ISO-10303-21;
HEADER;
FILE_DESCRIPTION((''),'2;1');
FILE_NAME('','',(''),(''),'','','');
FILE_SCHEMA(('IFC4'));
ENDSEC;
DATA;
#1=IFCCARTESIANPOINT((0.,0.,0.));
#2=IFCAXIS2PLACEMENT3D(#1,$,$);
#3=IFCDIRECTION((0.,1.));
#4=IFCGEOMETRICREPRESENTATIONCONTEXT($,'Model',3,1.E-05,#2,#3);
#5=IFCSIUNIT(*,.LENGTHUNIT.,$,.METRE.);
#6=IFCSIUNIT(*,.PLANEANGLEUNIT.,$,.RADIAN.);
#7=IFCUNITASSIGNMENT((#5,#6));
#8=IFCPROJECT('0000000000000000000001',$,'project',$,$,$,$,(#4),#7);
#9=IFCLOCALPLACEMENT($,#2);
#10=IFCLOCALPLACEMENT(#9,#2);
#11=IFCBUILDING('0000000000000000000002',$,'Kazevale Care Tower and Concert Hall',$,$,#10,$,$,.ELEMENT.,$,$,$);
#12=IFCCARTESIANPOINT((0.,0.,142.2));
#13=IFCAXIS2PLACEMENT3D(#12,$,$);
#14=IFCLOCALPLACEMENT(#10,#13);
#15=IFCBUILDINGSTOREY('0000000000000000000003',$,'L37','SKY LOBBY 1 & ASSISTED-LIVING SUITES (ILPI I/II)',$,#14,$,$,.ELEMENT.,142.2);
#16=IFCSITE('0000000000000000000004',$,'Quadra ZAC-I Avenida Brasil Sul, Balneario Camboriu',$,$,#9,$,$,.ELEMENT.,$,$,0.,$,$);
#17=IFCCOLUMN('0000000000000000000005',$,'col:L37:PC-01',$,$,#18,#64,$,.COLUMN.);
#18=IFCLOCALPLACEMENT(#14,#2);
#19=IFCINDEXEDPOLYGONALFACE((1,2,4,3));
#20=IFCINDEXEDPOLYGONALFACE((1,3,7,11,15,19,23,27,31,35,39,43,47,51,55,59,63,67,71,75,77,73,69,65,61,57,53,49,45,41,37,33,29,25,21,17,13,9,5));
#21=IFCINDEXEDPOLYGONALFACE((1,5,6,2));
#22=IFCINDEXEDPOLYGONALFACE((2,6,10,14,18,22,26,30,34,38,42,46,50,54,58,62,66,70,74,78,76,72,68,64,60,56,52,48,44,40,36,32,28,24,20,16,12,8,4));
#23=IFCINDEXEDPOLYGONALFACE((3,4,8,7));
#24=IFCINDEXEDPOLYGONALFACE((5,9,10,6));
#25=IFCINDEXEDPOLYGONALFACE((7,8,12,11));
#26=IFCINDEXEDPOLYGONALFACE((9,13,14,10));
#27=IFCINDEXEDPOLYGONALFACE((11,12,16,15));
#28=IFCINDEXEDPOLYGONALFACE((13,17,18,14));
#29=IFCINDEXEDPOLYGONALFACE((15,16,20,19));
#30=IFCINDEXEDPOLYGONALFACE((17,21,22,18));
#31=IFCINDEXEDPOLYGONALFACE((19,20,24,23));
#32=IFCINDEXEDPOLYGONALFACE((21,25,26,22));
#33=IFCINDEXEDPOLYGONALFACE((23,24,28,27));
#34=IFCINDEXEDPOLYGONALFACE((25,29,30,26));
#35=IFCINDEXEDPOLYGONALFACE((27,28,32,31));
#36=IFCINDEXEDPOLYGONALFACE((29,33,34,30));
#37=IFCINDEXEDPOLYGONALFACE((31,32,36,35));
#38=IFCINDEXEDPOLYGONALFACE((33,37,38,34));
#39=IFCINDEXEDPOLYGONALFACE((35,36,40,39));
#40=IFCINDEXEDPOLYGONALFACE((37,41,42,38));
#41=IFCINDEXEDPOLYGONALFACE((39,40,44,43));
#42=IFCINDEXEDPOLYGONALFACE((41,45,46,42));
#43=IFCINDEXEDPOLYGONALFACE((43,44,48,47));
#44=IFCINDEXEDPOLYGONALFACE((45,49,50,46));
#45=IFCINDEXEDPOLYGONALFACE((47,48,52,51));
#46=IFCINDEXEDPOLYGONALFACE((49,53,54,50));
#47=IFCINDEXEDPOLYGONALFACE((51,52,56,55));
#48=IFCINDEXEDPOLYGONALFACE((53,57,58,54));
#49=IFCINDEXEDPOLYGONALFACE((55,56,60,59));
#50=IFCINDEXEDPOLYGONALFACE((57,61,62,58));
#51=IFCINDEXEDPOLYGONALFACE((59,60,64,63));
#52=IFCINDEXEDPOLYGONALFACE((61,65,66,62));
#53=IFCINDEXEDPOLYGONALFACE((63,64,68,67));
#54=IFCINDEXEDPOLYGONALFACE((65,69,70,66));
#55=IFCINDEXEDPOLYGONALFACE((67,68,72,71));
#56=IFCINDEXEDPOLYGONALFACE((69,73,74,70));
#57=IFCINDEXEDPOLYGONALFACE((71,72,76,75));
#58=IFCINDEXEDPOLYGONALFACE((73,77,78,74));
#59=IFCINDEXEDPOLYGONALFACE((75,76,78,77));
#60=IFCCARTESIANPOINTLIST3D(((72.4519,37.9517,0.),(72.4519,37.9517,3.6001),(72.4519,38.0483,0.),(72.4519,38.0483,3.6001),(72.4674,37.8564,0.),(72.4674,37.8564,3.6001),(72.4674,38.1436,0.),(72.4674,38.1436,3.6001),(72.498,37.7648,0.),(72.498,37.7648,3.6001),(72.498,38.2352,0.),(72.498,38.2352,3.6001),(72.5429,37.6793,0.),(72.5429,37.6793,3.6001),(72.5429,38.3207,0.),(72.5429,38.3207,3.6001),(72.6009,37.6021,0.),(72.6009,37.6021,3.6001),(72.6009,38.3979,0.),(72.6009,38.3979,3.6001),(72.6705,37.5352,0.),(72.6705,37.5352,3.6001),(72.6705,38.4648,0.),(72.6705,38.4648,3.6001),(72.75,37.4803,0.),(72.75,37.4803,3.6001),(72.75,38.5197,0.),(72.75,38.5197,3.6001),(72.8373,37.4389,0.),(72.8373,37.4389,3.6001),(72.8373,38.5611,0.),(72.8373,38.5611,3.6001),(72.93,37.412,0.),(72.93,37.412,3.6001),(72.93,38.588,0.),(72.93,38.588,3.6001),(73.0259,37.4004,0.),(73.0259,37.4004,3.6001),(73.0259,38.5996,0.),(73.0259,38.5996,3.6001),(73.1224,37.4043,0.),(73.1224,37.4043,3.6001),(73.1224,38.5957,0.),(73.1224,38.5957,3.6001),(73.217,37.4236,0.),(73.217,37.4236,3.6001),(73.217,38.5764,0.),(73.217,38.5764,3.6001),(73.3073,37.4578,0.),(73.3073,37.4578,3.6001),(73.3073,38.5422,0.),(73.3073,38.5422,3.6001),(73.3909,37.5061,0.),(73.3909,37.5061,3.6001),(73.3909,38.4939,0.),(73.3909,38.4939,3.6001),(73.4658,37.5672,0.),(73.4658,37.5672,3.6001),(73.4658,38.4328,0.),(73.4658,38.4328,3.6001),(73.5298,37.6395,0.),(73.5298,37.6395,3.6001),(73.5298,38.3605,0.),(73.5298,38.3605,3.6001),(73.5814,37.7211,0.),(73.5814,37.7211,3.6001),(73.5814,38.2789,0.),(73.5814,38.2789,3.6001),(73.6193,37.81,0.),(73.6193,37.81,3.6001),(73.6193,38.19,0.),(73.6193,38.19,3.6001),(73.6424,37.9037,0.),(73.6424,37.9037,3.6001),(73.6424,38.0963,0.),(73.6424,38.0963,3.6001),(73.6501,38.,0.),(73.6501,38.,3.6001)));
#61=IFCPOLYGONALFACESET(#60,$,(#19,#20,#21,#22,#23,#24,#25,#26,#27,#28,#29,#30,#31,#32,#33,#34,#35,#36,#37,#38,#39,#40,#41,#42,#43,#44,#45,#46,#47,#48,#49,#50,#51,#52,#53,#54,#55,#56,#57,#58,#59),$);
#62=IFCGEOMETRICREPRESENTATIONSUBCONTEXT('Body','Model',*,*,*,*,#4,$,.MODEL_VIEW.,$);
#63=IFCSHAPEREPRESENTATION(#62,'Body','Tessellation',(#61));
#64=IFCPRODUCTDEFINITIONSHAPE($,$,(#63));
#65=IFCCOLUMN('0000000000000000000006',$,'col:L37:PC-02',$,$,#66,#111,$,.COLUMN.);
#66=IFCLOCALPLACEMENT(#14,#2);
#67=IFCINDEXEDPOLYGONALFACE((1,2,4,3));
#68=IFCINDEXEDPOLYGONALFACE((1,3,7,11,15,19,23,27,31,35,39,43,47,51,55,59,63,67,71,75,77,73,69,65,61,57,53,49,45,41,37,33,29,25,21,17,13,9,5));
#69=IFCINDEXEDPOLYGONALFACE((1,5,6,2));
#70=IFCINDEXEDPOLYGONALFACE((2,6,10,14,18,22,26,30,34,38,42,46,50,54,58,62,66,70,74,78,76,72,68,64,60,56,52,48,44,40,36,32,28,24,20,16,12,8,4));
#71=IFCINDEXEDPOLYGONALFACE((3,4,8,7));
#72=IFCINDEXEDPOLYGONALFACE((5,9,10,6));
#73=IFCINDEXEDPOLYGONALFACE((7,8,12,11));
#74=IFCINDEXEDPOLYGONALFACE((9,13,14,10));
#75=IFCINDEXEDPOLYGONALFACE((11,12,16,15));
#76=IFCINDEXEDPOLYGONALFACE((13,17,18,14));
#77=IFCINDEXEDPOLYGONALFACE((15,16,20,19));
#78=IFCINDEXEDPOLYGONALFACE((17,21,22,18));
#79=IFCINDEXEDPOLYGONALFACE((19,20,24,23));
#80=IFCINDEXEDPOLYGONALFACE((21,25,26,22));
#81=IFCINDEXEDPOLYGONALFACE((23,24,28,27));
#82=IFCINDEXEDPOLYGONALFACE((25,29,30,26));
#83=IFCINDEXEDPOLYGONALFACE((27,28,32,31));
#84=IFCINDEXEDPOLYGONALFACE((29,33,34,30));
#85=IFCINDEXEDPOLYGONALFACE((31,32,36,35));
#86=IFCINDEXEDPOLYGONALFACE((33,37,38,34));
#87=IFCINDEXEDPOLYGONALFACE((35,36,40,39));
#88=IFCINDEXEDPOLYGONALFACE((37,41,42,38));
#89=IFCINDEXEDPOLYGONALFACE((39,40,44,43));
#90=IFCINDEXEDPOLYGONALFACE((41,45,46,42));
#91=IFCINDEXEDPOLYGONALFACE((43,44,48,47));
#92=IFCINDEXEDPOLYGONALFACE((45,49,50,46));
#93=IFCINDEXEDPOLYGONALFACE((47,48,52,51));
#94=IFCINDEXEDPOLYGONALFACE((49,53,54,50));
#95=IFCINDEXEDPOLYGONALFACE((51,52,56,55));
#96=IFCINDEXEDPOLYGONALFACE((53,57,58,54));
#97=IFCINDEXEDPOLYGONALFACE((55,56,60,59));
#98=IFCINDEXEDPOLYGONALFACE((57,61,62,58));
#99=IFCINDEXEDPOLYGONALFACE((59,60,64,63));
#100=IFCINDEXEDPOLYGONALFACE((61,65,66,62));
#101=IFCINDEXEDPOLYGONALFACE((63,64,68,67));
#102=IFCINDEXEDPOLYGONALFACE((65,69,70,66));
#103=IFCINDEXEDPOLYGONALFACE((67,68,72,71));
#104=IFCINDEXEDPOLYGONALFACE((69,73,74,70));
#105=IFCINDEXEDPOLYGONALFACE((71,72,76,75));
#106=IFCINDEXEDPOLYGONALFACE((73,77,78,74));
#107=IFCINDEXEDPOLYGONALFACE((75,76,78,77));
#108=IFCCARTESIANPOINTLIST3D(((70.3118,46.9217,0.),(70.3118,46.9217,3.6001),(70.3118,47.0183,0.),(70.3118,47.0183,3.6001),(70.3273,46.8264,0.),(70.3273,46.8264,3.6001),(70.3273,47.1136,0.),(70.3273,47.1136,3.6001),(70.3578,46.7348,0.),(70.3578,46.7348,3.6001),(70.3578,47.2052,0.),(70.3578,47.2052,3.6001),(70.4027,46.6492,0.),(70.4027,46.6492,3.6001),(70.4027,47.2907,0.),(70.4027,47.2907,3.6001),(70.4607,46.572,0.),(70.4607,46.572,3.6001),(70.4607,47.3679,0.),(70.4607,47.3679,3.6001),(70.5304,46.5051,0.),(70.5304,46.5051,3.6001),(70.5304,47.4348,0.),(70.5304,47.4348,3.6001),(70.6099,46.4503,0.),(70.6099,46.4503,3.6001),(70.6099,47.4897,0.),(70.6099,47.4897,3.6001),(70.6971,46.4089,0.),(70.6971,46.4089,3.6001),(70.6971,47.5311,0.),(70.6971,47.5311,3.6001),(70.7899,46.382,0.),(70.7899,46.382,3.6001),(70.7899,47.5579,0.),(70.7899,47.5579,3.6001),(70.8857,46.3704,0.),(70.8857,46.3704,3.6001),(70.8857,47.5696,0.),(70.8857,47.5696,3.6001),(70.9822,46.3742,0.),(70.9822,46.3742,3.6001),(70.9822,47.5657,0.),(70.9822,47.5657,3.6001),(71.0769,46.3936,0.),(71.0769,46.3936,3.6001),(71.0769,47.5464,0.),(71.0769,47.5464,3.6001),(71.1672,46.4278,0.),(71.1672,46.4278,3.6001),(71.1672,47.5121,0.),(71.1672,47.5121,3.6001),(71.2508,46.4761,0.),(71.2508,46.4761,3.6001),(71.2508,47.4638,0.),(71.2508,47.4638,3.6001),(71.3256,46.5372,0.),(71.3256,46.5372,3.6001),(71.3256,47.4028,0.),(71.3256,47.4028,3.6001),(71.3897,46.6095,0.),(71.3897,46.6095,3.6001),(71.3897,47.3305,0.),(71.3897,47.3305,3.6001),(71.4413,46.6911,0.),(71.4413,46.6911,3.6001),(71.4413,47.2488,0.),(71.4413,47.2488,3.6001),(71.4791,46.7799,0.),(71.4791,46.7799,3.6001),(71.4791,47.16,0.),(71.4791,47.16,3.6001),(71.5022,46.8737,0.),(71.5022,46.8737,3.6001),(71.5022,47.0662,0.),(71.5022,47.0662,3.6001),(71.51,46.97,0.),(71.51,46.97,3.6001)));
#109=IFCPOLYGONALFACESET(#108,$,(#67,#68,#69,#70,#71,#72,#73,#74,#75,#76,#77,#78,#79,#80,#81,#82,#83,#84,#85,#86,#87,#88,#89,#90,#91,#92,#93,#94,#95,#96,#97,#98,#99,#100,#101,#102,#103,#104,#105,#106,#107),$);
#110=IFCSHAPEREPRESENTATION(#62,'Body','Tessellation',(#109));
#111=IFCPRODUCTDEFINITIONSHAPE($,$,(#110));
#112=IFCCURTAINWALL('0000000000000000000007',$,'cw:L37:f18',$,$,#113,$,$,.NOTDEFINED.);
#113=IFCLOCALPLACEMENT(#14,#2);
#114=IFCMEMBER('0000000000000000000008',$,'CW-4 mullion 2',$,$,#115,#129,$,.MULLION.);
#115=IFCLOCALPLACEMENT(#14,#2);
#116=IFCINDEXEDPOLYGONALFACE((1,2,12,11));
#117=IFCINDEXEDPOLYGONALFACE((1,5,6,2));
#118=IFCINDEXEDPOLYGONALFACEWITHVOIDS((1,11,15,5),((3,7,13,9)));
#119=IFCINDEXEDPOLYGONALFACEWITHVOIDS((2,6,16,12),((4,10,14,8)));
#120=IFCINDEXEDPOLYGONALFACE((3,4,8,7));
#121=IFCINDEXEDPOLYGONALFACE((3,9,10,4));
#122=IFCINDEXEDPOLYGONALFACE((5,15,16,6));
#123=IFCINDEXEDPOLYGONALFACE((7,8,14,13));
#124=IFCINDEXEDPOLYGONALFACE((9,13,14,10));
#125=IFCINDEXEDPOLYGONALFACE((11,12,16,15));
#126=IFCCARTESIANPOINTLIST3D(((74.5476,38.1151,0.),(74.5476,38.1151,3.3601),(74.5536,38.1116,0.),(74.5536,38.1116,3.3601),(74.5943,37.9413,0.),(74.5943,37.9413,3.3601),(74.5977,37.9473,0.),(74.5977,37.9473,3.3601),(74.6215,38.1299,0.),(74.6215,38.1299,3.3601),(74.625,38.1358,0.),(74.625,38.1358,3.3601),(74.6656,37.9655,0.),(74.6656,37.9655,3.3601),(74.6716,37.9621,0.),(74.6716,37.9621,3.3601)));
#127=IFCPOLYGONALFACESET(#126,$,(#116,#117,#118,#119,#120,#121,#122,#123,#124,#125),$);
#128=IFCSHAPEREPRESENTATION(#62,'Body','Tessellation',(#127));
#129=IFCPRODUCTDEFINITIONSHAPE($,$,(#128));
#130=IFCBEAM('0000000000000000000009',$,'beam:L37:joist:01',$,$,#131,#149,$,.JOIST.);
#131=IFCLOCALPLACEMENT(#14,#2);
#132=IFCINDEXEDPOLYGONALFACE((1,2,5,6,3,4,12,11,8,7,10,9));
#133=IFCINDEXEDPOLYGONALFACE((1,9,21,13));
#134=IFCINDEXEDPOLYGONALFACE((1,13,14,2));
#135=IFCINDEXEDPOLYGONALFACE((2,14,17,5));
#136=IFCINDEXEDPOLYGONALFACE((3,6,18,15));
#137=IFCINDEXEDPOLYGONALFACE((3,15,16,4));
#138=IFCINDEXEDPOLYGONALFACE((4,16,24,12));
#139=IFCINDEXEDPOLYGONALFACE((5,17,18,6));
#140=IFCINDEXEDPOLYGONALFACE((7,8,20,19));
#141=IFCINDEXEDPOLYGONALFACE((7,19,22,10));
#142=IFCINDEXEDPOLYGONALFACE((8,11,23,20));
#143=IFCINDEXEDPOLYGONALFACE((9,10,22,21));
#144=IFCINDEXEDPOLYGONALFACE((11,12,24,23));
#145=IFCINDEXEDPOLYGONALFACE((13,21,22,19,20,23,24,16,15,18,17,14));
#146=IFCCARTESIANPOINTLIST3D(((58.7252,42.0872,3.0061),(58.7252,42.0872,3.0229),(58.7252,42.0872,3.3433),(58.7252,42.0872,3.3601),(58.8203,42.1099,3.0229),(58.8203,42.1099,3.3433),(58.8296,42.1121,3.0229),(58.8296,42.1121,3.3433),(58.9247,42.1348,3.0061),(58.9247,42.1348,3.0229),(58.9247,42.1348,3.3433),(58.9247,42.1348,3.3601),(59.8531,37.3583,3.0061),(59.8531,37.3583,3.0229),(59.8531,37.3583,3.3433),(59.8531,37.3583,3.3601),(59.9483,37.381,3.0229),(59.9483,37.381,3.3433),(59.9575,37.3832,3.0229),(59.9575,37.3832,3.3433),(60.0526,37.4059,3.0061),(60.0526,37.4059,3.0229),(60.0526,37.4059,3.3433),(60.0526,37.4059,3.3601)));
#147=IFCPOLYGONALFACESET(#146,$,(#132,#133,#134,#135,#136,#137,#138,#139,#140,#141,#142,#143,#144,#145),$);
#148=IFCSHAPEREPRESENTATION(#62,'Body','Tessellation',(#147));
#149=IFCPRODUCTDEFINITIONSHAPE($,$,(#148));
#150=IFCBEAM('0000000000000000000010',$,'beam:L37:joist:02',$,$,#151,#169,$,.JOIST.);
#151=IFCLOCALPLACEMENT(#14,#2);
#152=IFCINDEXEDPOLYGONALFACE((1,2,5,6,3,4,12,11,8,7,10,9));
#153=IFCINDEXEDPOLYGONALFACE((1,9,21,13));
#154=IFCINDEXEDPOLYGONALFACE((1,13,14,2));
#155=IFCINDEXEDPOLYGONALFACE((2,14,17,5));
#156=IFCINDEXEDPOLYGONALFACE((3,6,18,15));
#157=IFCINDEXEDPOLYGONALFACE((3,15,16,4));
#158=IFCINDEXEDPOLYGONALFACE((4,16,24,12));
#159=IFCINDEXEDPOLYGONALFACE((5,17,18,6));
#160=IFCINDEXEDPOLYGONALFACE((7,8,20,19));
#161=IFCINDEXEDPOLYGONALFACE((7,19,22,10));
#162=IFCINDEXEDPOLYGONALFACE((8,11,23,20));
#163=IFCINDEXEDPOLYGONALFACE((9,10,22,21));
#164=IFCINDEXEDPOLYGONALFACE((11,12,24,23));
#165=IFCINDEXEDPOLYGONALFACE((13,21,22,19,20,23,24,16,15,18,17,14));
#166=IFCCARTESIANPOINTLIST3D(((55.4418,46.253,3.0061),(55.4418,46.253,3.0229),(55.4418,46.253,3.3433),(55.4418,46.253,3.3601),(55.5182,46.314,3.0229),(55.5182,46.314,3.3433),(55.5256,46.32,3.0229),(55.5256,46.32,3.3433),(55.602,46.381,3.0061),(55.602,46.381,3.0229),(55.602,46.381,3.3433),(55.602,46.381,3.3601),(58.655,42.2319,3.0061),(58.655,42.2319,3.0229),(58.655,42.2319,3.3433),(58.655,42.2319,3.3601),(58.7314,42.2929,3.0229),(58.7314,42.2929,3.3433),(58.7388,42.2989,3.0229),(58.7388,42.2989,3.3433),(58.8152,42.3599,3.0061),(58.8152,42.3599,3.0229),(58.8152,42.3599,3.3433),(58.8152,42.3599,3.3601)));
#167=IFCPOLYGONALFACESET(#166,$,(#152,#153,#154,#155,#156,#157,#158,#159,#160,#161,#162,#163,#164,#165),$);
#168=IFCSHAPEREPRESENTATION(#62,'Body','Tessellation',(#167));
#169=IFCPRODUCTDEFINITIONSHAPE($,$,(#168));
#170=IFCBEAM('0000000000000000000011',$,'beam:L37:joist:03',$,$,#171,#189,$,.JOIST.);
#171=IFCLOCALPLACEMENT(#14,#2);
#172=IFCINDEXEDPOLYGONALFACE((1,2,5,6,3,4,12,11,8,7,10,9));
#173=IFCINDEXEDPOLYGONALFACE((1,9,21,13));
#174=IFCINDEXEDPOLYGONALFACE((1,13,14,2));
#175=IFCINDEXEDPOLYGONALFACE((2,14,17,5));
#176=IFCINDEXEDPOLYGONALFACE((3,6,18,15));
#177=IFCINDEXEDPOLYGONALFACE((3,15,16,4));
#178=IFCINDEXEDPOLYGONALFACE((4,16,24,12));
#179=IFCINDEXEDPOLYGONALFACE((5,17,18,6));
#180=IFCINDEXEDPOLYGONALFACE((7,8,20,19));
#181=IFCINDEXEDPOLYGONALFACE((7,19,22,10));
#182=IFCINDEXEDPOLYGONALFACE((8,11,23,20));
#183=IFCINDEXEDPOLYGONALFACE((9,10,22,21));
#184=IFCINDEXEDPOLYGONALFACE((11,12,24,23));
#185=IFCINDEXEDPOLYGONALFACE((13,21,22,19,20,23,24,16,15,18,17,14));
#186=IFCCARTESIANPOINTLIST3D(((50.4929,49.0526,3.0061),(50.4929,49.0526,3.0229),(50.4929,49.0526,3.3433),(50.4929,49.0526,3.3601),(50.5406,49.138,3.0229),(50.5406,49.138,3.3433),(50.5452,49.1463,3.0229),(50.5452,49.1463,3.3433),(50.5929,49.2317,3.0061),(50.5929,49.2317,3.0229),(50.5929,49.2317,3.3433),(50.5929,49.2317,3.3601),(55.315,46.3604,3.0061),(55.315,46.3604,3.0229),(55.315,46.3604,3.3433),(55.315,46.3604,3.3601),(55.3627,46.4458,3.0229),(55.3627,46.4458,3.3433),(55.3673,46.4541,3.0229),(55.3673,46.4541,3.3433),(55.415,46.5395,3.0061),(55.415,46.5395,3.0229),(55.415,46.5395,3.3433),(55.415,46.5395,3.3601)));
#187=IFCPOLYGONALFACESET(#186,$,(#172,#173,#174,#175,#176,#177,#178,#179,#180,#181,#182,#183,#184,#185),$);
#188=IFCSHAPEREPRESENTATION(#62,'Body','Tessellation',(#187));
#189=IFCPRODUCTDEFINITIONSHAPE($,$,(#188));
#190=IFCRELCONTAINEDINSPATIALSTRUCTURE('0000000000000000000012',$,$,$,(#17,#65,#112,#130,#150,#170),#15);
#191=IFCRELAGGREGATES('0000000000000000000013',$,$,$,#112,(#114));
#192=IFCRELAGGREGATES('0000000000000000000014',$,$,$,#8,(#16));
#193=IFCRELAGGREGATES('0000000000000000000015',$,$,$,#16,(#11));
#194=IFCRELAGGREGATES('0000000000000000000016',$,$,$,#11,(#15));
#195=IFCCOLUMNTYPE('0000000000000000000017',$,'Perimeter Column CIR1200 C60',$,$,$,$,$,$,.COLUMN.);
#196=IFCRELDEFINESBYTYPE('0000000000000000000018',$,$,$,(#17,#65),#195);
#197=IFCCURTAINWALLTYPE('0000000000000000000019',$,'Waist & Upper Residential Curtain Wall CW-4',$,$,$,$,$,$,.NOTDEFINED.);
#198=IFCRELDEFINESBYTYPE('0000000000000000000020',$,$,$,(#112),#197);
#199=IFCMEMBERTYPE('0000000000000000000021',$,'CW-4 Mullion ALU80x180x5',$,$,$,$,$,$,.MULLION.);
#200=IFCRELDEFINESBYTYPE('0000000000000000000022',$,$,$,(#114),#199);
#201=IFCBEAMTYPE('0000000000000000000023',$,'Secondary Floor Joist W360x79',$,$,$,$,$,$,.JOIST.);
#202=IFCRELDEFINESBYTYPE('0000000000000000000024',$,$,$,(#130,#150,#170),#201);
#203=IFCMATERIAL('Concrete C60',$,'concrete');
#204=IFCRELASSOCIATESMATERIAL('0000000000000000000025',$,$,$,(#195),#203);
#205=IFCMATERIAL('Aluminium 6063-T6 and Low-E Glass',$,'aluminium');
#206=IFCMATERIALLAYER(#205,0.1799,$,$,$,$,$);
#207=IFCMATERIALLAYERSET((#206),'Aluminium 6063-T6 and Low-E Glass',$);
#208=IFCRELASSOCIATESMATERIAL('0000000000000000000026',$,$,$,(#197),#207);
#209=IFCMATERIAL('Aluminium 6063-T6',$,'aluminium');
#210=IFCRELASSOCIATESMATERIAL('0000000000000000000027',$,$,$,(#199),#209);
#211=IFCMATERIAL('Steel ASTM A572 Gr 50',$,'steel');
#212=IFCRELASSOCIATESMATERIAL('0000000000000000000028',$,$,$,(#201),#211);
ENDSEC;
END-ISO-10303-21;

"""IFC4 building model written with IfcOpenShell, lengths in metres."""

from ifc_helpers import new_model, si_unit, direction, frame, origin, origin_2d, place, context, subcontext, project, spatial, hollow_rectangle, circle, i_section, extrude, material, layer, layer_set, material_profile, profile_set, type_object, element, aggregate, save


model = new_model("IFC4")

# Units and contexts
model_context = context("Model", 3, precision=1e-05, world=origin(), true_north=direction((0.0, 1.0)))
body_context = subcontext(model_context, "Body", "Model", "MODEL_VIEW")
ifc_project = project(units=[si_unit("LENGTHUNIT", "METRE"), si_unit("PLANEANGLEUNIT", "RADIAN")], contexts=[model_context])

# Site, building, storey
site_placement = place(None, origin())
site = spatial("IfcSite", under=ifc_project, at=site_placement, Name="Quadra ZAC-I Avenida Brasil Sul, Balneario Camboriu", CompositionType="ELEMENT", RefElevation=0.0)
building_placement = place(site_placement, origin())
building = spatial("IfcBuilding", under=site, at=building_placement, Name="Kazevale Care Tower and Concert Hall", CompositionType="ELEMENT")
storey_placement = place(building_placement, frame((0.0, 0.0, 142.2)))
storey = spatial("IfcBuildingStorey", under=building, at=storey_placement, Name="L37", Description="SKY LOBBY 1 & ASSISTED-LIVING SUITES (ILPI I/II)", CompositionType="ELEMENT", Elevation=142.2)

# Columns
ifc_material_1 = material(Name="Concrete C60", Category="concrete")
ifc_material_profile_1 = material_profile(ifc_material_1, circle(Radius=0.6001, at=origin_2d()), Name="RC-CIR1200")
ifc_profile_set_1 = profile_set([ifc_material_profile_1], Name="Concrete C60")
column_type = type_object("IfcColumnType", Name="Perimeter Column CIR1200 C60", PredefinedType="COLUMN", material=ifc_profile_set_1)
for number, where, z_axis, x_axis, name in (
    (1, (73.05, 38.0, 0.0), (0.0, 0.0, 1.0), (1.0, 0.0, 0.0), "col:L37:PC-01"),
    (2, (70.9099, 46.97, 0.0), (0.0, 0.0, 1.0), (1.0, 0.0, 0.0), "col:L37:PC-02"),
):
    element("IfcColumn", number, at=place(storey_placement, frame(where, z_axis=z_axis, x_axis=x_axis)), inside=storey, type_object=column_type, Name=name, PredefinedType="COLUMN", context=body_context, shape_type="SweptSolid", body=[
        extrude(circle(Radius=0.6001, at=origin_2d()), origin(), (0.0, 0.0, 1.0), 3.6001),
    ])

# Curtain wall, member
ifc_material_2 = material(Name="Aluminium 6063-T6 and Low-E Glass", Category="aluminium")
ifc_layer_1 = layer(ifc_material_2, 0.1799)
ifc_layer_set_1 = layer_set([ifc_layer_1], Name="Aluminium 6063-T6 and Low-E Glass")
curtain_wall_type = type_object("IfcCurtainWallType", Name="Waist & Upper Residential Curtain Wall CW-4", PredefinedType="NOTDEFINED", material=ifc_layer_set_1)
curtain_wall_placement = place(storey_placement, origin())
curtain_wall = element("IfcCurtainWall", 3, at=curtain_wall_placement, inside=storey, type_object=curtain_wall_type, Name="cw:L37:f18", PredefinedType="NOTDEFINED")
ifc_material_3 = material(Name="Aluminium 6063-T6", Category="aluminium")
ifc_material_profile_2 = material_profile(ifc_material_3, hollow_rectangle(XDim=0.0801, YDim=0.1799, WallThickness=0.0049, at=origin_2d()), Name="ALU80x180x5")
ifc_profile_set_2 = profile_set([ifc_material_profile_2], Name="Aluminium 6063-T6")
member_type = type_object("IfcMemberType", Name="CW-4 Mullion ALU80x180x5", PredefinedType="MULLION", material=ifc_profile_set_2)
member_placement = place(storey_placement, frame((74.6096, 38.0386, 0.0), z_axis=(0.0, 0.0, 1.0), x_axis=(0.965806, 0.259265, 0.0)))
member = element("IfcMember", 4, at=member_placement, type_object=member_type, Name="CW-4 mullion 2", PredefinedType="MULLION", context=body_context, shape_type="SweptSolid", body=[
    extrude(hollow_rectangle(XDim=0.0801, YDim=0.1799, WallThickness=0.0049, at=origin_2d()), origin(), (0.0, 0.0, 1.0), 3.3601),
])

# Beams
ifc_material_4 = material(Name="Steel ASTM A572 Gr 50", Category="steel")
ifc_material_profile_3 = material_profile(ifc_material_4, i_section(OverallWidth=0.2051, OverallDepth=0.354, WebThickness=0.0095, FlangeThickness=0.0168, at=origin_2d()), Name="W360x79")
ifc_profile_set_3 = profile_set([ifc_material_profile_3], Name="Steel ASTM A572 Gr 50")
beam_type_1 = type_object("IfcBeamType", Name="Secondary Floor Joist W360x79", PredefinedType="JOIST", material=ifc_profile_set_3)
beam_1_placement = place(storey_placement, frame((59.9529, 37.3821, 3.1831), z_axis=(-0.232005, 0.972715, 0.0), x_axis=(-0.972715, -0.232005, 0.0)))
element("IfcBeam", 5, at=beam_1_placement, inside=storey, type_object=beam_type_1, Name="beam:L37:joist:01", PredefinedType="JOIST", context=body_context, shape_type="SweptSolid", body=[
    extrude(i_section(OverallWidth=0.2051, OverallDepth=0.354, WebThickness=0.0095, FlangeThickness=0.0168, at=origin_2d()), origin(), (0.0, 0.0, 1.0), 4.8616),
])
beam_2_placement = place(storey_placement, frame((58.7351, 42.2959, 3.1831), z_axis=(-0.624261, 0.781216, 0.0), x_axis=(-0.781216, -0.624261, 0.0)))
element("IfcBeam", 6, at=beam_2_placement, inside=storey, type_object=beam_type_1, Name="beam:L37:joist:02", PredefinedType="JOIST", context=body_context, shape_type="SweptSolid", body=[
    extrude(i_section(OverallWidth=0.2051, OverallDepth=0.354, WebThickness=0.0095, FlangeThickness=0.0168, at=origin_2d()), origin(), (0.0, 0.0, 1.0), 5.1472),
])
beam_3_placement = place(storey_placement, frame((55.365, 46.45, 3.1831), z_axis=(-0.873138, 0.487474, 0.0), x_axis=(-0.487474, -0.873138, 0.0)))
element("IfcBeam", 7, at=beam_3_placement, inside=storey, type_object=beam_type_1, Name="beam:L37:joist:03", PredefinedType="JOIST", context=body_context, shape_type="SweptSolid", body=[
    extrude(i_section(OverallWidth=0.2051, OverallDepth=0.354, WebThickness=0.0095, FlangeThickness=0.0168, at=origin_2d()), origin(), (0.0, 0.0, 1.0), 5.5227),
])

aggregate(curtain_wall, [member])

save(model, "model.ifc")
